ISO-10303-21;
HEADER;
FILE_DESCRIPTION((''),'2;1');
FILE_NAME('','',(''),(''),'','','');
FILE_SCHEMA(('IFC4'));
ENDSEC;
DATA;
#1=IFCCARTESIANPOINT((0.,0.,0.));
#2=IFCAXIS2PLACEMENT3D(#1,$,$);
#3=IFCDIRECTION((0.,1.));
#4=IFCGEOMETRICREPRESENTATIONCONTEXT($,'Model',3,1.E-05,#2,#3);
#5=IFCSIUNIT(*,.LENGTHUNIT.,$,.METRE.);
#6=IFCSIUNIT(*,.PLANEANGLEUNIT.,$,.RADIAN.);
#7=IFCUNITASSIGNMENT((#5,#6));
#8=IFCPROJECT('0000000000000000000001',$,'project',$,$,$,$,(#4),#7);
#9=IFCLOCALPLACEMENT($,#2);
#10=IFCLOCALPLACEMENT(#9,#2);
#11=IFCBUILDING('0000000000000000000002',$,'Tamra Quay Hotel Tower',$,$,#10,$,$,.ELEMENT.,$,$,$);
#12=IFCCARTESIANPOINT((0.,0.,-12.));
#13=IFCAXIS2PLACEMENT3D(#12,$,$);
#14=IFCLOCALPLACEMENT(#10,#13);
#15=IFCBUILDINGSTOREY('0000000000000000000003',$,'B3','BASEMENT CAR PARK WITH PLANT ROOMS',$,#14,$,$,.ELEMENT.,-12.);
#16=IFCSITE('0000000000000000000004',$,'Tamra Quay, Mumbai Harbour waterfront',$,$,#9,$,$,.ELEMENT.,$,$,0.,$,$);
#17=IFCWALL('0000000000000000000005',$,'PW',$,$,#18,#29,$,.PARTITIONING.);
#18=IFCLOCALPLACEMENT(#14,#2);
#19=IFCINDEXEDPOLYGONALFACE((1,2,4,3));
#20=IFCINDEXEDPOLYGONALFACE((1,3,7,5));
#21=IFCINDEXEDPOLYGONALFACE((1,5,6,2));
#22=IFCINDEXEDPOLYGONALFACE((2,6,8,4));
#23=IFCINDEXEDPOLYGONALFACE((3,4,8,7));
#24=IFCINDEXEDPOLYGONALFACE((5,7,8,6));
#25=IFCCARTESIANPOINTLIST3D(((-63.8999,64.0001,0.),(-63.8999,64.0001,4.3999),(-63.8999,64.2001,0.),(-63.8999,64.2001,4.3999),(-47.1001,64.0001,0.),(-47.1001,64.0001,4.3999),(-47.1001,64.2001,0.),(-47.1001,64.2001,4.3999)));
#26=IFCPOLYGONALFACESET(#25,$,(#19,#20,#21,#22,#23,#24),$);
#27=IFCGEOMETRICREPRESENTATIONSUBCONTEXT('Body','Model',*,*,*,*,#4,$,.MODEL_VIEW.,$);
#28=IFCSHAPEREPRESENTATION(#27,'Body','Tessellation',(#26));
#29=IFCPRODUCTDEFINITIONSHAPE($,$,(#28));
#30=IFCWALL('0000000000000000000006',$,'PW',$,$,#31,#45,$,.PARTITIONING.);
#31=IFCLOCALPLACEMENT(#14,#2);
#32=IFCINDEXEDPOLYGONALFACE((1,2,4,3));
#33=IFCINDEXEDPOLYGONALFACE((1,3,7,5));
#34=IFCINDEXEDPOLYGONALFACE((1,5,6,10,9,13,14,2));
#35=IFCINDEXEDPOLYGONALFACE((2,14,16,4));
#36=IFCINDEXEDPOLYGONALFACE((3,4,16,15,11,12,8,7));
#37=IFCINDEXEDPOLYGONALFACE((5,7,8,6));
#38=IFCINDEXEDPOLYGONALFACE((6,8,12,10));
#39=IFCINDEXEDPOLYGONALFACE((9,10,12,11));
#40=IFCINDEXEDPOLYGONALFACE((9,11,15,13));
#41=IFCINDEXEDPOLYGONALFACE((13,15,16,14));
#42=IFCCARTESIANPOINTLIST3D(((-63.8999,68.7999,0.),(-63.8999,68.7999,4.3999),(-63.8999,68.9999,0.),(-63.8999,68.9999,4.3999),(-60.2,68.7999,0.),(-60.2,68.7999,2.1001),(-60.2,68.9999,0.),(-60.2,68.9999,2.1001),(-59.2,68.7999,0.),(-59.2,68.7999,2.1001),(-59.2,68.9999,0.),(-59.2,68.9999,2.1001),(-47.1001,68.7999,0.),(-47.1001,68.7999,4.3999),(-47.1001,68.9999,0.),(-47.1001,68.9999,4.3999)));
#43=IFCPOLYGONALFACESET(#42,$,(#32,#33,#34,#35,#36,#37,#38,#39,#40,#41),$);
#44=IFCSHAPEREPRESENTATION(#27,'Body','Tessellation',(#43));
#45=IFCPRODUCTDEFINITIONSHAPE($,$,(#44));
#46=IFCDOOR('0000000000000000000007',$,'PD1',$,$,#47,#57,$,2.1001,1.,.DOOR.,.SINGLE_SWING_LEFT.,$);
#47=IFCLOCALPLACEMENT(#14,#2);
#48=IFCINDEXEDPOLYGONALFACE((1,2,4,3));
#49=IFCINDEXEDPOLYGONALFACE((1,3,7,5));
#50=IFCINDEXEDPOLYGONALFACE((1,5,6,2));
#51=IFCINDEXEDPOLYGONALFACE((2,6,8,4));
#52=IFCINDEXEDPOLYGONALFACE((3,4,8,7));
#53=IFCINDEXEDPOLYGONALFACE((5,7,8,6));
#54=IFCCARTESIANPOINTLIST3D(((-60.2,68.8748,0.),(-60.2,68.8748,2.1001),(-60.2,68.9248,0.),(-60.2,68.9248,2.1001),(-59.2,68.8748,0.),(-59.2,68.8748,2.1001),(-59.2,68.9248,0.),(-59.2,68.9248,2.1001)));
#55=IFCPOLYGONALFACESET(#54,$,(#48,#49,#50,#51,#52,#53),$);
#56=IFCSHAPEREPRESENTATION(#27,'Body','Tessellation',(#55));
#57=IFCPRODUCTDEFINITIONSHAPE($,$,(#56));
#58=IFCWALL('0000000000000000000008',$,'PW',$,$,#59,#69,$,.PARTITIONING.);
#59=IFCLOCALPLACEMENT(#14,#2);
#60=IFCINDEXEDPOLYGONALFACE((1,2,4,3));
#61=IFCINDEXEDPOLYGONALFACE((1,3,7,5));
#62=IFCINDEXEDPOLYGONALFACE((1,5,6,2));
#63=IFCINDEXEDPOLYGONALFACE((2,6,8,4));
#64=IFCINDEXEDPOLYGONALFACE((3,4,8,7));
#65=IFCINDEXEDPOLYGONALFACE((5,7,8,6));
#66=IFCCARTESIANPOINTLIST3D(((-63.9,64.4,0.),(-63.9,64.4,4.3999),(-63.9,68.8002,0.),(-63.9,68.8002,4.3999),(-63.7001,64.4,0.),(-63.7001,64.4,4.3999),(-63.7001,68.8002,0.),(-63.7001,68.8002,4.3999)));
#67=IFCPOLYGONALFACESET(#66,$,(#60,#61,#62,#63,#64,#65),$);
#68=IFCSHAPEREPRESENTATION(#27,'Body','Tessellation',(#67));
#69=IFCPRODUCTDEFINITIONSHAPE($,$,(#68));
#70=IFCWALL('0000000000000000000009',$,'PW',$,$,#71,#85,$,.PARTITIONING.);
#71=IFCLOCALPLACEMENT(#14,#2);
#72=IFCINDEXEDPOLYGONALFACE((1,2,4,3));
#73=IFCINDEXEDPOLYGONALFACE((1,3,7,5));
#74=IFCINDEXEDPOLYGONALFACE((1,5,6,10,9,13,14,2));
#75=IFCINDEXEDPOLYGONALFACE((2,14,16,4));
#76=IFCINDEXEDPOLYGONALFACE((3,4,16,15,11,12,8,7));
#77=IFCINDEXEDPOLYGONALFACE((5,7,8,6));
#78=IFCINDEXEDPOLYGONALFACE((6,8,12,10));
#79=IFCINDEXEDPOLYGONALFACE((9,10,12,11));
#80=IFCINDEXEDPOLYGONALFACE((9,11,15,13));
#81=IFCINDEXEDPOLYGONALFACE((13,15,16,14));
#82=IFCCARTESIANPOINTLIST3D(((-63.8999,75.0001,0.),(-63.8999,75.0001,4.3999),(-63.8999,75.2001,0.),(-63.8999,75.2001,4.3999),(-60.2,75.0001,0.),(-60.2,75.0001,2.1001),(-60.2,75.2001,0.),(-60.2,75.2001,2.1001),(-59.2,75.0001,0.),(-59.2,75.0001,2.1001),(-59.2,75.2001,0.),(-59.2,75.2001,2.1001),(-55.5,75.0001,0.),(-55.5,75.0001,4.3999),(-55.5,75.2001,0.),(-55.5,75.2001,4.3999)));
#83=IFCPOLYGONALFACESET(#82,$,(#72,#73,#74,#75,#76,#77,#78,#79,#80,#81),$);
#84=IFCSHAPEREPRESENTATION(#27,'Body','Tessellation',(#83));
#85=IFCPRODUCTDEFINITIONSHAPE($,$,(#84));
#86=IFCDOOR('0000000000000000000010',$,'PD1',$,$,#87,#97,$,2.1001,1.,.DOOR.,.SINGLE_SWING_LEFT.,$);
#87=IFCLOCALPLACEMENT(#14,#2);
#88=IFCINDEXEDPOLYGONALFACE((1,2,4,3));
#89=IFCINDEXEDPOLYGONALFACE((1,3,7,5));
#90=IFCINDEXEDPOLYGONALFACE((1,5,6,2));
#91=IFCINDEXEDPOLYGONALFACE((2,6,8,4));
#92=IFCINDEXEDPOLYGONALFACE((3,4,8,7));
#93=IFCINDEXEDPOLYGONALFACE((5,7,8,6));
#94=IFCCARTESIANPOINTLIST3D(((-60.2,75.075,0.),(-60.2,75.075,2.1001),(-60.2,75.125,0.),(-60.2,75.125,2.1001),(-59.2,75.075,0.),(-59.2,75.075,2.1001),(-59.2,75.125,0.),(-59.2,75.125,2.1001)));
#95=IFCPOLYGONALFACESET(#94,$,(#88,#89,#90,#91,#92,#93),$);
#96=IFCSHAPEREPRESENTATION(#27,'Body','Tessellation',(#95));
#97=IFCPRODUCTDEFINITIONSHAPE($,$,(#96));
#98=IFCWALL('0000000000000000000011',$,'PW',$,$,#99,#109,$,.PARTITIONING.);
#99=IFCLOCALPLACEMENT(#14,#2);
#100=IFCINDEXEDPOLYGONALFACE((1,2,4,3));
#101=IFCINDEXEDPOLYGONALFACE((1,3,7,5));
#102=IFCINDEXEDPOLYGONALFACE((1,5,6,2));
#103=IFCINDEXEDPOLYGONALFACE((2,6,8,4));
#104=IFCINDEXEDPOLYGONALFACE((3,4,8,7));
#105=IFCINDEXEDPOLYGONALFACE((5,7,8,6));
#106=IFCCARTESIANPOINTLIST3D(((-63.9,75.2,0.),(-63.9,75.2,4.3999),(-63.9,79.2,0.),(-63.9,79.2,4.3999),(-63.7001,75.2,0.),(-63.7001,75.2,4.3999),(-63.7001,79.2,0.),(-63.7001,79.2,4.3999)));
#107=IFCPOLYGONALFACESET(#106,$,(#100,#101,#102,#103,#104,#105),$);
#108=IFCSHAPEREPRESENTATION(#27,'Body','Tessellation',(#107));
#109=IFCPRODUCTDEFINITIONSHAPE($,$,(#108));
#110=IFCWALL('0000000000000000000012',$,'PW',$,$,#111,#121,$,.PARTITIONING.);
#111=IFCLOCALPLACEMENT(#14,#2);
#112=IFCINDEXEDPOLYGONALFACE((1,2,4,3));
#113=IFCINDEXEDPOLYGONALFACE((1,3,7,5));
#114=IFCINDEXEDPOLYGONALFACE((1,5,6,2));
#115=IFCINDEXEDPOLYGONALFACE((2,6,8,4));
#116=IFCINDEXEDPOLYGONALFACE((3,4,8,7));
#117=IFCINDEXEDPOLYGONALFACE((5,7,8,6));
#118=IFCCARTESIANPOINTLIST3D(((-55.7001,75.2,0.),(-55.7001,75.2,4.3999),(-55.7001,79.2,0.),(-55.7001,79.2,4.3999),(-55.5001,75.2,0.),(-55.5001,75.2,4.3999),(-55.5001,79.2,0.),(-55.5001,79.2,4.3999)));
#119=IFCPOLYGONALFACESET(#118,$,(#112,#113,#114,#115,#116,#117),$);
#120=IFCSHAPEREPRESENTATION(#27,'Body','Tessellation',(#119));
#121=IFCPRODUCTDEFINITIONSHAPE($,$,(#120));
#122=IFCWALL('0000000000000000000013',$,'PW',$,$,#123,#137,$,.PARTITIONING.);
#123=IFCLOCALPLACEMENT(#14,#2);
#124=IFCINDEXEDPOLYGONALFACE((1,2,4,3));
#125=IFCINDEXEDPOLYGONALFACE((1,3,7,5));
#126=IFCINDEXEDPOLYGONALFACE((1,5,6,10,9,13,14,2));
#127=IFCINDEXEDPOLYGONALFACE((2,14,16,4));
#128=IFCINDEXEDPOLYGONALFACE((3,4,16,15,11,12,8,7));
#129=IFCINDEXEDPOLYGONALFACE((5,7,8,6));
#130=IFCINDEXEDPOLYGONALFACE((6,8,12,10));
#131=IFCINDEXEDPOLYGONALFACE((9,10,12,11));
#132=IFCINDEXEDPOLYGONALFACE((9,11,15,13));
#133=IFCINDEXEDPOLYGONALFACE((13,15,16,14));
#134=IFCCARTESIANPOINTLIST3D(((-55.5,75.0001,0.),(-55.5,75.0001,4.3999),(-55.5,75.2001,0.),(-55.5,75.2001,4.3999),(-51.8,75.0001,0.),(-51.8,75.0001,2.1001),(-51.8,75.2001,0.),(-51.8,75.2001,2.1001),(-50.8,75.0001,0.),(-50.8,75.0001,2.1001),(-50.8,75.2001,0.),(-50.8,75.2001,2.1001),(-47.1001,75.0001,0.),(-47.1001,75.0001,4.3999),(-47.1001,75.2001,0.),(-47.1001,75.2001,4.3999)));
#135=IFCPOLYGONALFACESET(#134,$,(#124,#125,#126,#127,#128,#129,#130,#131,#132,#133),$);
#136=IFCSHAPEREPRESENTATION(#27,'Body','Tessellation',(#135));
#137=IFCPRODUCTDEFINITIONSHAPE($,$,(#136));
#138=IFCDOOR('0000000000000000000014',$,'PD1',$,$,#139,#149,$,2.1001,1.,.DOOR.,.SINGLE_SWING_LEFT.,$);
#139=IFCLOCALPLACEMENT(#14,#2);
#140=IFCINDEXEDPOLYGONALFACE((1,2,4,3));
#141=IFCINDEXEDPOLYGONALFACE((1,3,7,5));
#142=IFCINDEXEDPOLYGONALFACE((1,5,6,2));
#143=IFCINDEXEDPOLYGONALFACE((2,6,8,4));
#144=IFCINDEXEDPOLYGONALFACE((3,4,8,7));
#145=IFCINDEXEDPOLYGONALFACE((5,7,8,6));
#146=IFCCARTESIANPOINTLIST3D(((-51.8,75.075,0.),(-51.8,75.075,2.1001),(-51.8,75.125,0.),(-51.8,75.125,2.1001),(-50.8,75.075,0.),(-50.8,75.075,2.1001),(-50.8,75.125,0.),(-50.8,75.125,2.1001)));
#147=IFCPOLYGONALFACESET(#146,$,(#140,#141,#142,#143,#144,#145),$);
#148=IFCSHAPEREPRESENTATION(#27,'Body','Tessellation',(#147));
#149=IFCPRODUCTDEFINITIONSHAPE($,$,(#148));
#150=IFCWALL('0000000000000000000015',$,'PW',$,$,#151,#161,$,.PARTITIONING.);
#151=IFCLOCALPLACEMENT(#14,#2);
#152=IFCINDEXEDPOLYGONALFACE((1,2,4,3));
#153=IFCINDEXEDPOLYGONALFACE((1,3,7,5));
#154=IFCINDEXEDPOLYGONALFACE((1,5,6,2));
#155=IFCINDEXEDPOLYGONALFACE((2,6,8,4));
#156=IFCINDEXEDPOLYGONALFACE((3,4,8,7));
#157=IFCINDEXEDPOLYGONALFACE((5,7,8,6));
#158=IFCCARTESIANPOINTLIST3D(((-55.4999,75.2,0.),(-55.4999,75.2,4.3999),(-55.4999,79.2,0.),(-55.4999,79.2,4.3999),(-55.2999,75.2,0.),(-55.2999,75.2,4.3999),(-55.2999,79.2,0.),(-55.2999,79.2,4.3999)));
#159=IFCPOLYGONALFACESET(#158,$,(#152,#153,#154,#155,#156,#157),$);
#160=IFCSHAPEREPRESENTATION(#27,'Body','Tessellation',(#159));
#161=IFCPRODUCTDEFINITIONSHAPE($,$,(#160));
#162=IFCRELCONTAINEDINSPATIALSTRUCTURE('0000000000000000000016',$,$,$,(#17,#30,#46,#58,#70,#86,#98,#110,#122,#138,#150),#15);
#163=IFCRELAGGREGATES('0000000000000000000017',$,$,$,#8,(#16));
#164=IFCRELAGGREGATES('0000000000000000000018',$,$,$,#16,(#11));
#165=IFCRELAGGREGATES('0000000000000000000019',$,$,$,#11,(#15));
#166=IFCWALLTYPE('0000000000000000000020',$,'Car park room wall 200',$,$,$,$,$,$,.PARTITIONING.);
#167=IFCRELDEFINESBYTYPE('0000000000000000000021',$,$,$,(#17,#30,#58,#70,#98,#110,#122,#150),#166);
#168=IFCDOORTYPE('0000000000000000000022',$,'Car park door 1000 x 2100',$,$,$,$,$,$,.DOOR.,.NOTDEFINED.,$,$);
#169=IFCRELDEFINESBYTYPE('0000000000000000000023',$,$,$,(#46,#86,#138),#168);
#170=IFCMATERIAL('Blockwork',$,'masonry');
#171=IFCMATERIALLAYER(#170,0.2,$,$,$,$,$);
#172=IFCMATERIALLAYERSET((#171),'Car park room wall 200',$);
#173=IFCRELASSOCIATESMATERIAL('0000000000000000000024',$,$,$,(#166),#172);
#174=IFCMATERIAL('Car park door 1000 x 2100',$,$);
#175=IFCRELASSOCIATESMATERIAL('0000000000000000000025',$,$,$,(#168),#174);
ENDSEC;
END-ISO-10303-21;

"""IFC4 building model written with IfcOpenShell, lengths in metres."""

from ifc_helpers import new_model, si_unit, direction, frame, frame_2d, origin, place, context, subcontext, project, spatial, rectangle, extrude, material, layer, layer_set, type_object, element, fill, save


model = new_model("IFC4")

# Units and contexts
model_context = context("Model", 3, precision=1e-05, world=origin(), true_north=direction((0.0, 1.0)))
body_context = subcontext(model_context, "Body", "Model", "MODEL_VIEW")
ifc_project = project(units=[si_unit("LENGTHUNIT", "METRE"), si_unit("PLANEANGLEUNIT", "RADIAN")], contexts=[model_context])

# Site, building, storey
site_placement = place(None, origin())
site = spatial("IfcSite", under=ifc_project, at=site_placement, Name="Tamra Quay, Mumbai Harbour waterfront", CompositionType="ELEMENT", RefElevation=0.0)
building_placement = place(site_placement, origin())
building = spatial("IfcBuilding", under=site, at=building_placement, Name="Tamra Quay Hotel Tower", CompositionType="ELEMENT")
storey_placement = place(building_placement, frame((0.0, 0.0, -12.0)))
storey = spatial("IfcBuildingStorey", under=building, at=storey_placement, Name="B3", Description="BASEMENT CAR PARK WITH PLANT ROOMS", CompositionType="ELEMENT", Elevation=-12.0)

# Wall
ifc_material_1 = material(Name="Blockwork", Category="masonry")
ifc_layer = layer(ifc_material_1, 0.2)
ifc_layer_set = layer_set([ifc_layer], Name="Car park room wall 200")
wall_type = type_object("IfcWallType", Name="Car park room wall 200", PredefinedType="PARTITIONING", material=ifc_layer_set)
wall_1_placement = place(storey_placement, frame((-63.8999, 64.1001, 0.0), z_axis=(0.0, 0.0, 1.0), x_axis=(1.0, 0.0, 0.0)))
element("IfcWall", 1, at=wall_1_placement, inside=storey, type_object=wall_type, Name="PW", PredefinedType="PARTITIONING", context=body_context, shape_type="SweptSolid", body=[
    extrude(rectangle(XDim=16.7998, YDim=0.2, at=frame_2d((8.3999, 0.0))), origin(), (0.0, 0.0, 1.0), 4.3999),
])

# Wall, opening, door
wall_2_placement = place(storey_placement, frame((-63.8999, 68.8999, 0.0), z_axis=(0.0, 0.0, 1.0), x_axis=(1.0, 0.0, 0.0)))
wall_2 = element("IfcWall", 2, at=wall_2_placement, inside=storey, type_object=wall_type, Name="PW", PredefinedType="PARTITIONING", context=body_context, shape_type="SweptSolid", body=[
    extrude(rectangle(XDim=16.7998, YDim=0.2, at=frame_2d((8.3999, 0.0))), origin(), (0.0, 0.0, 1.0), 4.3999),
])
opening_1_placement = place(wall_2_placement, frame((3.7, 0.0, 0.0)))
opening_1 = element("IfcOpeningElement", 3, at=opening_1_placement, cuts=wall_2, PredefinedType="OPENING", context=body_context, shape_type="SweptSolid", body=[
    extrude(rectangle(XDim=1.0, YDim=2.1001, at=frame_2d((0.5, 1.05))), frame((0.0, 0.1099, 0.0), z_axis=(0.0, -1.0, 0.0), x_axis=(1.0, 0.0, 0.0)), (0.0, 0.0, 1.0), 0.22),
])
ifc_material_2 = material(Name="Car park door 1000 x 2100")
door_type = type_object("IfcDoorType", Name="Car park door 1000 x 2100", OperationType="NOTDEFINED", PredefinedType="DOOR", material=ifc_material_2)
door_1_placement = place(opening_1_placement, origin())
door_1 = element("IfcDoor", 4, at=door_1_placement, inside=storey, type_object=door_type, Name="PD1", OperationType="SINGLE_SWING_LEFT", OverallHeight=2.1001, OverallWidth=1.0, PredefinedType="DOOR", context=body_context, shape_type="SweptSolid", body=[
    extrude(rectangle(XDim=1.0, YDim=2.1001, at=frame_2d((0.5, 1.05))), frame((0.0, 0.0249, 0.0), z_axis=(0.0, -1.0, 0.0), x_axis=(1.0, 0.0, 0.0)), (0.0, 0.0, 1.0), 0.05),
])
fill(opening_1, door_1)

# Wall
wall_3_placement = place(storey_placement, frame((-63.8, 64.3999, 0.0), z_axis=(0.0, 0.0, 1.0), x_axis=(0.0, 1.0, 0.0)))
element("IfcWall", 5, at=wall_3_placement, inside=storey, type_object=wall_type, Name="PW", PredefinedType="PARTITIONING", context=body_context, shape_type="SweptSolid", body=[
    extrude(rectangle(XDim=4.4001, YDim=0.2, at=frame_2d((2.2002, 0.0))), origin(), (0.0, 0.0, 1.0), 4.3999),
])

# Wall, opening, door
wall_4_placement = place(storey_placement, frame((-63.8999, 75.1001, 0.0), z_axis=(0.0, 0.0, 1.0), x_axis=(1.0, 0.0, 0.0)))
wall_4 = element("IfcWall", 6, at=wall_4_placement, inside=storey, type_object=wall_type, Name="PW", PredefinedType="PARTITIONING", context=body_context, shape_type="SweptSolid", body=[
    extrude(rectangle(XDim=8.3999, YDim=0.2, at=frame_2d((4.2, 0.0))), origin(), (0.0, 0.0, 1.0), 4.3999),
])
opening_2_placement = place(wall_4_placement, frame((3.7, 0.0, 0.0)))
opening_2 = element("IfcOpeningElement", 7, at=opening_2_placement, cuts=wall_4, PredefinedType="OPENING", context=body_context, shape_type="SweptSolid", body=[
    extrude(rectangle(XDim=1.0, YDim=2.1001, at=frame_2d((0.5, 1.05))), frame((0.0, 0.1099, 0.0), z_axis=(0.0, -1.0, 0.0), x_axis=(1.0, 0.0, 0.0)), (0.0, 0.0, 1.0), 0.22),
])
door_2_placement = place(opening_2_placement, origin())
door_2 = element("IfcDoor", 8, at=door_2_placement, inside=storey, type_object=door_type, Name="PD1", OperationType="SINGLE_SWING_LEFT", OverallHeight=2.1001, OverallWidth=1.0, PredefinedType="DOOR", context=body_context, shape_type="SweptSolid", body=[
    extrude(rectangle(XDim=1.0, YDim=2.1001, at=frame_2d((0.5, 1.05))), frame((0.0, 0.0249, 0.0), z_axis=(0.0, -1.0, 0.0), x_axis=(1.0, 0.0, 0.0)), (0.0, 0.0, 1.0), 0.05),
])
fill(opening_2, door_2)

# Walls
for number, where, z_axis, x_axis, name in (
    (9, (-63.8, 75.2, 0.0), (0.0, 0.0, 1.0), (0.0, 1.0, 0.0), "PW"),
    (10, (-55.6001, 75.2, 0.0), (0.0, 0.0, 1.0), (0.0, 1.0, 0.0), "PW"),
):
    element("IfcWall", number, at=place(storey_placement, frame(where, z_axis=z_axis, x_axis=x_axis)), inside=storey, type_object=wall_type, Name=name, PredefinedType="PARTITIONING", context=body_context, shape_type="SweptSolid", body=[
        extrude(rectangle(XDim=4.0, YDim=0.2, at=frame_2d((2.0, 0.0))), origin(), (0.0, 0.0, 1.0), 4.3999),
    ])

# Wall, opening, door
wall_5_placement = place(storey_placement, frame((-55.5, 75.1001, 0.0), z_axis=(0.0, 0.0, 1.0), x_axis=(1.0, 0.0, 0.0)))
wall_5 = element("IfcWall", 11, at=wall_5_placement, inside=storey, type_object=wall_type, Name="PW", PredefinedType="PARTITIONING", context=body_context, shape_type="SweptSolid", body=[
    extrude(rectangle(XDim=8.3999, YDim=0.2, at=frame_2d((4.2, 0.0))), origin(), (0.0, 0.0, 1.0), 4.3999),
])
opening_3_placement = place(wall_5_placement, frame((3.7, 0.0, 0.0)))
opening_3 = element("IfcOpeningElement", 12, at=opening_3_placement, cuts=wall_5, PredefinedType="OPENING", context=body_context, shape_type="SweptSolid", body=[
    extrude(rectangle(XDim=1.0, YDim=2.1001, at=frame_2d((0.5, 1.05))), frame((0.0, 0.1099, 0.0), z_axis=(0.0, -1.0, 0.0), x_axis=(1.0, 0.0, 0.0)), (0.0, 0.0, 1.0), 0.22),
])
door_3_placement = place(opening_3_placement, origin())
door_3 = element("IfcDoor", 13, at=door_3_placement, inside=storey, type_object=door_type, Name="PD1", OperationType="SINGLE_SWING_LEFT", OverallHeight=2.1001, OverallWidth=1.0, PredefinedType="DOOR", context=body_context, shape_type="SweptSolid", body=[
    extrude(rectangle(XDim=1.0, YDim=2.1001, at=frame_2d((0.5, 1.05))), frame((0.0, 0.0249, 0.0), z_axis=(0.0, -1.0, 0.0), x_axis=(1.0, 0.0, 0.0)), (0.0, 0.0, 1.0), 0.05),
])
fill(opening_3, door_3)

# Wall
wall_6_placement = place(storey_placement, frame((-55.3999, 75.2, 0.0), z_axis=(0.0, 0.0, 1.0), x_axis=(0.0, 1.0, 0.0)))
element("IfcWall", 14, at=wall_6_placement, inside=storey, type_object=wall_type, Name="PW", PredefinedType="PARTITIONING", context=body_context, shape_type="SweptSolid", body=[
    extrude(rectangle(XDim=4.0, YDim=0.2, at=frame_2d((2.0, 0.0))), origin(), (0.0, 0.0, 1.0), 4.3999),
])

save(model, "model.ifc")
